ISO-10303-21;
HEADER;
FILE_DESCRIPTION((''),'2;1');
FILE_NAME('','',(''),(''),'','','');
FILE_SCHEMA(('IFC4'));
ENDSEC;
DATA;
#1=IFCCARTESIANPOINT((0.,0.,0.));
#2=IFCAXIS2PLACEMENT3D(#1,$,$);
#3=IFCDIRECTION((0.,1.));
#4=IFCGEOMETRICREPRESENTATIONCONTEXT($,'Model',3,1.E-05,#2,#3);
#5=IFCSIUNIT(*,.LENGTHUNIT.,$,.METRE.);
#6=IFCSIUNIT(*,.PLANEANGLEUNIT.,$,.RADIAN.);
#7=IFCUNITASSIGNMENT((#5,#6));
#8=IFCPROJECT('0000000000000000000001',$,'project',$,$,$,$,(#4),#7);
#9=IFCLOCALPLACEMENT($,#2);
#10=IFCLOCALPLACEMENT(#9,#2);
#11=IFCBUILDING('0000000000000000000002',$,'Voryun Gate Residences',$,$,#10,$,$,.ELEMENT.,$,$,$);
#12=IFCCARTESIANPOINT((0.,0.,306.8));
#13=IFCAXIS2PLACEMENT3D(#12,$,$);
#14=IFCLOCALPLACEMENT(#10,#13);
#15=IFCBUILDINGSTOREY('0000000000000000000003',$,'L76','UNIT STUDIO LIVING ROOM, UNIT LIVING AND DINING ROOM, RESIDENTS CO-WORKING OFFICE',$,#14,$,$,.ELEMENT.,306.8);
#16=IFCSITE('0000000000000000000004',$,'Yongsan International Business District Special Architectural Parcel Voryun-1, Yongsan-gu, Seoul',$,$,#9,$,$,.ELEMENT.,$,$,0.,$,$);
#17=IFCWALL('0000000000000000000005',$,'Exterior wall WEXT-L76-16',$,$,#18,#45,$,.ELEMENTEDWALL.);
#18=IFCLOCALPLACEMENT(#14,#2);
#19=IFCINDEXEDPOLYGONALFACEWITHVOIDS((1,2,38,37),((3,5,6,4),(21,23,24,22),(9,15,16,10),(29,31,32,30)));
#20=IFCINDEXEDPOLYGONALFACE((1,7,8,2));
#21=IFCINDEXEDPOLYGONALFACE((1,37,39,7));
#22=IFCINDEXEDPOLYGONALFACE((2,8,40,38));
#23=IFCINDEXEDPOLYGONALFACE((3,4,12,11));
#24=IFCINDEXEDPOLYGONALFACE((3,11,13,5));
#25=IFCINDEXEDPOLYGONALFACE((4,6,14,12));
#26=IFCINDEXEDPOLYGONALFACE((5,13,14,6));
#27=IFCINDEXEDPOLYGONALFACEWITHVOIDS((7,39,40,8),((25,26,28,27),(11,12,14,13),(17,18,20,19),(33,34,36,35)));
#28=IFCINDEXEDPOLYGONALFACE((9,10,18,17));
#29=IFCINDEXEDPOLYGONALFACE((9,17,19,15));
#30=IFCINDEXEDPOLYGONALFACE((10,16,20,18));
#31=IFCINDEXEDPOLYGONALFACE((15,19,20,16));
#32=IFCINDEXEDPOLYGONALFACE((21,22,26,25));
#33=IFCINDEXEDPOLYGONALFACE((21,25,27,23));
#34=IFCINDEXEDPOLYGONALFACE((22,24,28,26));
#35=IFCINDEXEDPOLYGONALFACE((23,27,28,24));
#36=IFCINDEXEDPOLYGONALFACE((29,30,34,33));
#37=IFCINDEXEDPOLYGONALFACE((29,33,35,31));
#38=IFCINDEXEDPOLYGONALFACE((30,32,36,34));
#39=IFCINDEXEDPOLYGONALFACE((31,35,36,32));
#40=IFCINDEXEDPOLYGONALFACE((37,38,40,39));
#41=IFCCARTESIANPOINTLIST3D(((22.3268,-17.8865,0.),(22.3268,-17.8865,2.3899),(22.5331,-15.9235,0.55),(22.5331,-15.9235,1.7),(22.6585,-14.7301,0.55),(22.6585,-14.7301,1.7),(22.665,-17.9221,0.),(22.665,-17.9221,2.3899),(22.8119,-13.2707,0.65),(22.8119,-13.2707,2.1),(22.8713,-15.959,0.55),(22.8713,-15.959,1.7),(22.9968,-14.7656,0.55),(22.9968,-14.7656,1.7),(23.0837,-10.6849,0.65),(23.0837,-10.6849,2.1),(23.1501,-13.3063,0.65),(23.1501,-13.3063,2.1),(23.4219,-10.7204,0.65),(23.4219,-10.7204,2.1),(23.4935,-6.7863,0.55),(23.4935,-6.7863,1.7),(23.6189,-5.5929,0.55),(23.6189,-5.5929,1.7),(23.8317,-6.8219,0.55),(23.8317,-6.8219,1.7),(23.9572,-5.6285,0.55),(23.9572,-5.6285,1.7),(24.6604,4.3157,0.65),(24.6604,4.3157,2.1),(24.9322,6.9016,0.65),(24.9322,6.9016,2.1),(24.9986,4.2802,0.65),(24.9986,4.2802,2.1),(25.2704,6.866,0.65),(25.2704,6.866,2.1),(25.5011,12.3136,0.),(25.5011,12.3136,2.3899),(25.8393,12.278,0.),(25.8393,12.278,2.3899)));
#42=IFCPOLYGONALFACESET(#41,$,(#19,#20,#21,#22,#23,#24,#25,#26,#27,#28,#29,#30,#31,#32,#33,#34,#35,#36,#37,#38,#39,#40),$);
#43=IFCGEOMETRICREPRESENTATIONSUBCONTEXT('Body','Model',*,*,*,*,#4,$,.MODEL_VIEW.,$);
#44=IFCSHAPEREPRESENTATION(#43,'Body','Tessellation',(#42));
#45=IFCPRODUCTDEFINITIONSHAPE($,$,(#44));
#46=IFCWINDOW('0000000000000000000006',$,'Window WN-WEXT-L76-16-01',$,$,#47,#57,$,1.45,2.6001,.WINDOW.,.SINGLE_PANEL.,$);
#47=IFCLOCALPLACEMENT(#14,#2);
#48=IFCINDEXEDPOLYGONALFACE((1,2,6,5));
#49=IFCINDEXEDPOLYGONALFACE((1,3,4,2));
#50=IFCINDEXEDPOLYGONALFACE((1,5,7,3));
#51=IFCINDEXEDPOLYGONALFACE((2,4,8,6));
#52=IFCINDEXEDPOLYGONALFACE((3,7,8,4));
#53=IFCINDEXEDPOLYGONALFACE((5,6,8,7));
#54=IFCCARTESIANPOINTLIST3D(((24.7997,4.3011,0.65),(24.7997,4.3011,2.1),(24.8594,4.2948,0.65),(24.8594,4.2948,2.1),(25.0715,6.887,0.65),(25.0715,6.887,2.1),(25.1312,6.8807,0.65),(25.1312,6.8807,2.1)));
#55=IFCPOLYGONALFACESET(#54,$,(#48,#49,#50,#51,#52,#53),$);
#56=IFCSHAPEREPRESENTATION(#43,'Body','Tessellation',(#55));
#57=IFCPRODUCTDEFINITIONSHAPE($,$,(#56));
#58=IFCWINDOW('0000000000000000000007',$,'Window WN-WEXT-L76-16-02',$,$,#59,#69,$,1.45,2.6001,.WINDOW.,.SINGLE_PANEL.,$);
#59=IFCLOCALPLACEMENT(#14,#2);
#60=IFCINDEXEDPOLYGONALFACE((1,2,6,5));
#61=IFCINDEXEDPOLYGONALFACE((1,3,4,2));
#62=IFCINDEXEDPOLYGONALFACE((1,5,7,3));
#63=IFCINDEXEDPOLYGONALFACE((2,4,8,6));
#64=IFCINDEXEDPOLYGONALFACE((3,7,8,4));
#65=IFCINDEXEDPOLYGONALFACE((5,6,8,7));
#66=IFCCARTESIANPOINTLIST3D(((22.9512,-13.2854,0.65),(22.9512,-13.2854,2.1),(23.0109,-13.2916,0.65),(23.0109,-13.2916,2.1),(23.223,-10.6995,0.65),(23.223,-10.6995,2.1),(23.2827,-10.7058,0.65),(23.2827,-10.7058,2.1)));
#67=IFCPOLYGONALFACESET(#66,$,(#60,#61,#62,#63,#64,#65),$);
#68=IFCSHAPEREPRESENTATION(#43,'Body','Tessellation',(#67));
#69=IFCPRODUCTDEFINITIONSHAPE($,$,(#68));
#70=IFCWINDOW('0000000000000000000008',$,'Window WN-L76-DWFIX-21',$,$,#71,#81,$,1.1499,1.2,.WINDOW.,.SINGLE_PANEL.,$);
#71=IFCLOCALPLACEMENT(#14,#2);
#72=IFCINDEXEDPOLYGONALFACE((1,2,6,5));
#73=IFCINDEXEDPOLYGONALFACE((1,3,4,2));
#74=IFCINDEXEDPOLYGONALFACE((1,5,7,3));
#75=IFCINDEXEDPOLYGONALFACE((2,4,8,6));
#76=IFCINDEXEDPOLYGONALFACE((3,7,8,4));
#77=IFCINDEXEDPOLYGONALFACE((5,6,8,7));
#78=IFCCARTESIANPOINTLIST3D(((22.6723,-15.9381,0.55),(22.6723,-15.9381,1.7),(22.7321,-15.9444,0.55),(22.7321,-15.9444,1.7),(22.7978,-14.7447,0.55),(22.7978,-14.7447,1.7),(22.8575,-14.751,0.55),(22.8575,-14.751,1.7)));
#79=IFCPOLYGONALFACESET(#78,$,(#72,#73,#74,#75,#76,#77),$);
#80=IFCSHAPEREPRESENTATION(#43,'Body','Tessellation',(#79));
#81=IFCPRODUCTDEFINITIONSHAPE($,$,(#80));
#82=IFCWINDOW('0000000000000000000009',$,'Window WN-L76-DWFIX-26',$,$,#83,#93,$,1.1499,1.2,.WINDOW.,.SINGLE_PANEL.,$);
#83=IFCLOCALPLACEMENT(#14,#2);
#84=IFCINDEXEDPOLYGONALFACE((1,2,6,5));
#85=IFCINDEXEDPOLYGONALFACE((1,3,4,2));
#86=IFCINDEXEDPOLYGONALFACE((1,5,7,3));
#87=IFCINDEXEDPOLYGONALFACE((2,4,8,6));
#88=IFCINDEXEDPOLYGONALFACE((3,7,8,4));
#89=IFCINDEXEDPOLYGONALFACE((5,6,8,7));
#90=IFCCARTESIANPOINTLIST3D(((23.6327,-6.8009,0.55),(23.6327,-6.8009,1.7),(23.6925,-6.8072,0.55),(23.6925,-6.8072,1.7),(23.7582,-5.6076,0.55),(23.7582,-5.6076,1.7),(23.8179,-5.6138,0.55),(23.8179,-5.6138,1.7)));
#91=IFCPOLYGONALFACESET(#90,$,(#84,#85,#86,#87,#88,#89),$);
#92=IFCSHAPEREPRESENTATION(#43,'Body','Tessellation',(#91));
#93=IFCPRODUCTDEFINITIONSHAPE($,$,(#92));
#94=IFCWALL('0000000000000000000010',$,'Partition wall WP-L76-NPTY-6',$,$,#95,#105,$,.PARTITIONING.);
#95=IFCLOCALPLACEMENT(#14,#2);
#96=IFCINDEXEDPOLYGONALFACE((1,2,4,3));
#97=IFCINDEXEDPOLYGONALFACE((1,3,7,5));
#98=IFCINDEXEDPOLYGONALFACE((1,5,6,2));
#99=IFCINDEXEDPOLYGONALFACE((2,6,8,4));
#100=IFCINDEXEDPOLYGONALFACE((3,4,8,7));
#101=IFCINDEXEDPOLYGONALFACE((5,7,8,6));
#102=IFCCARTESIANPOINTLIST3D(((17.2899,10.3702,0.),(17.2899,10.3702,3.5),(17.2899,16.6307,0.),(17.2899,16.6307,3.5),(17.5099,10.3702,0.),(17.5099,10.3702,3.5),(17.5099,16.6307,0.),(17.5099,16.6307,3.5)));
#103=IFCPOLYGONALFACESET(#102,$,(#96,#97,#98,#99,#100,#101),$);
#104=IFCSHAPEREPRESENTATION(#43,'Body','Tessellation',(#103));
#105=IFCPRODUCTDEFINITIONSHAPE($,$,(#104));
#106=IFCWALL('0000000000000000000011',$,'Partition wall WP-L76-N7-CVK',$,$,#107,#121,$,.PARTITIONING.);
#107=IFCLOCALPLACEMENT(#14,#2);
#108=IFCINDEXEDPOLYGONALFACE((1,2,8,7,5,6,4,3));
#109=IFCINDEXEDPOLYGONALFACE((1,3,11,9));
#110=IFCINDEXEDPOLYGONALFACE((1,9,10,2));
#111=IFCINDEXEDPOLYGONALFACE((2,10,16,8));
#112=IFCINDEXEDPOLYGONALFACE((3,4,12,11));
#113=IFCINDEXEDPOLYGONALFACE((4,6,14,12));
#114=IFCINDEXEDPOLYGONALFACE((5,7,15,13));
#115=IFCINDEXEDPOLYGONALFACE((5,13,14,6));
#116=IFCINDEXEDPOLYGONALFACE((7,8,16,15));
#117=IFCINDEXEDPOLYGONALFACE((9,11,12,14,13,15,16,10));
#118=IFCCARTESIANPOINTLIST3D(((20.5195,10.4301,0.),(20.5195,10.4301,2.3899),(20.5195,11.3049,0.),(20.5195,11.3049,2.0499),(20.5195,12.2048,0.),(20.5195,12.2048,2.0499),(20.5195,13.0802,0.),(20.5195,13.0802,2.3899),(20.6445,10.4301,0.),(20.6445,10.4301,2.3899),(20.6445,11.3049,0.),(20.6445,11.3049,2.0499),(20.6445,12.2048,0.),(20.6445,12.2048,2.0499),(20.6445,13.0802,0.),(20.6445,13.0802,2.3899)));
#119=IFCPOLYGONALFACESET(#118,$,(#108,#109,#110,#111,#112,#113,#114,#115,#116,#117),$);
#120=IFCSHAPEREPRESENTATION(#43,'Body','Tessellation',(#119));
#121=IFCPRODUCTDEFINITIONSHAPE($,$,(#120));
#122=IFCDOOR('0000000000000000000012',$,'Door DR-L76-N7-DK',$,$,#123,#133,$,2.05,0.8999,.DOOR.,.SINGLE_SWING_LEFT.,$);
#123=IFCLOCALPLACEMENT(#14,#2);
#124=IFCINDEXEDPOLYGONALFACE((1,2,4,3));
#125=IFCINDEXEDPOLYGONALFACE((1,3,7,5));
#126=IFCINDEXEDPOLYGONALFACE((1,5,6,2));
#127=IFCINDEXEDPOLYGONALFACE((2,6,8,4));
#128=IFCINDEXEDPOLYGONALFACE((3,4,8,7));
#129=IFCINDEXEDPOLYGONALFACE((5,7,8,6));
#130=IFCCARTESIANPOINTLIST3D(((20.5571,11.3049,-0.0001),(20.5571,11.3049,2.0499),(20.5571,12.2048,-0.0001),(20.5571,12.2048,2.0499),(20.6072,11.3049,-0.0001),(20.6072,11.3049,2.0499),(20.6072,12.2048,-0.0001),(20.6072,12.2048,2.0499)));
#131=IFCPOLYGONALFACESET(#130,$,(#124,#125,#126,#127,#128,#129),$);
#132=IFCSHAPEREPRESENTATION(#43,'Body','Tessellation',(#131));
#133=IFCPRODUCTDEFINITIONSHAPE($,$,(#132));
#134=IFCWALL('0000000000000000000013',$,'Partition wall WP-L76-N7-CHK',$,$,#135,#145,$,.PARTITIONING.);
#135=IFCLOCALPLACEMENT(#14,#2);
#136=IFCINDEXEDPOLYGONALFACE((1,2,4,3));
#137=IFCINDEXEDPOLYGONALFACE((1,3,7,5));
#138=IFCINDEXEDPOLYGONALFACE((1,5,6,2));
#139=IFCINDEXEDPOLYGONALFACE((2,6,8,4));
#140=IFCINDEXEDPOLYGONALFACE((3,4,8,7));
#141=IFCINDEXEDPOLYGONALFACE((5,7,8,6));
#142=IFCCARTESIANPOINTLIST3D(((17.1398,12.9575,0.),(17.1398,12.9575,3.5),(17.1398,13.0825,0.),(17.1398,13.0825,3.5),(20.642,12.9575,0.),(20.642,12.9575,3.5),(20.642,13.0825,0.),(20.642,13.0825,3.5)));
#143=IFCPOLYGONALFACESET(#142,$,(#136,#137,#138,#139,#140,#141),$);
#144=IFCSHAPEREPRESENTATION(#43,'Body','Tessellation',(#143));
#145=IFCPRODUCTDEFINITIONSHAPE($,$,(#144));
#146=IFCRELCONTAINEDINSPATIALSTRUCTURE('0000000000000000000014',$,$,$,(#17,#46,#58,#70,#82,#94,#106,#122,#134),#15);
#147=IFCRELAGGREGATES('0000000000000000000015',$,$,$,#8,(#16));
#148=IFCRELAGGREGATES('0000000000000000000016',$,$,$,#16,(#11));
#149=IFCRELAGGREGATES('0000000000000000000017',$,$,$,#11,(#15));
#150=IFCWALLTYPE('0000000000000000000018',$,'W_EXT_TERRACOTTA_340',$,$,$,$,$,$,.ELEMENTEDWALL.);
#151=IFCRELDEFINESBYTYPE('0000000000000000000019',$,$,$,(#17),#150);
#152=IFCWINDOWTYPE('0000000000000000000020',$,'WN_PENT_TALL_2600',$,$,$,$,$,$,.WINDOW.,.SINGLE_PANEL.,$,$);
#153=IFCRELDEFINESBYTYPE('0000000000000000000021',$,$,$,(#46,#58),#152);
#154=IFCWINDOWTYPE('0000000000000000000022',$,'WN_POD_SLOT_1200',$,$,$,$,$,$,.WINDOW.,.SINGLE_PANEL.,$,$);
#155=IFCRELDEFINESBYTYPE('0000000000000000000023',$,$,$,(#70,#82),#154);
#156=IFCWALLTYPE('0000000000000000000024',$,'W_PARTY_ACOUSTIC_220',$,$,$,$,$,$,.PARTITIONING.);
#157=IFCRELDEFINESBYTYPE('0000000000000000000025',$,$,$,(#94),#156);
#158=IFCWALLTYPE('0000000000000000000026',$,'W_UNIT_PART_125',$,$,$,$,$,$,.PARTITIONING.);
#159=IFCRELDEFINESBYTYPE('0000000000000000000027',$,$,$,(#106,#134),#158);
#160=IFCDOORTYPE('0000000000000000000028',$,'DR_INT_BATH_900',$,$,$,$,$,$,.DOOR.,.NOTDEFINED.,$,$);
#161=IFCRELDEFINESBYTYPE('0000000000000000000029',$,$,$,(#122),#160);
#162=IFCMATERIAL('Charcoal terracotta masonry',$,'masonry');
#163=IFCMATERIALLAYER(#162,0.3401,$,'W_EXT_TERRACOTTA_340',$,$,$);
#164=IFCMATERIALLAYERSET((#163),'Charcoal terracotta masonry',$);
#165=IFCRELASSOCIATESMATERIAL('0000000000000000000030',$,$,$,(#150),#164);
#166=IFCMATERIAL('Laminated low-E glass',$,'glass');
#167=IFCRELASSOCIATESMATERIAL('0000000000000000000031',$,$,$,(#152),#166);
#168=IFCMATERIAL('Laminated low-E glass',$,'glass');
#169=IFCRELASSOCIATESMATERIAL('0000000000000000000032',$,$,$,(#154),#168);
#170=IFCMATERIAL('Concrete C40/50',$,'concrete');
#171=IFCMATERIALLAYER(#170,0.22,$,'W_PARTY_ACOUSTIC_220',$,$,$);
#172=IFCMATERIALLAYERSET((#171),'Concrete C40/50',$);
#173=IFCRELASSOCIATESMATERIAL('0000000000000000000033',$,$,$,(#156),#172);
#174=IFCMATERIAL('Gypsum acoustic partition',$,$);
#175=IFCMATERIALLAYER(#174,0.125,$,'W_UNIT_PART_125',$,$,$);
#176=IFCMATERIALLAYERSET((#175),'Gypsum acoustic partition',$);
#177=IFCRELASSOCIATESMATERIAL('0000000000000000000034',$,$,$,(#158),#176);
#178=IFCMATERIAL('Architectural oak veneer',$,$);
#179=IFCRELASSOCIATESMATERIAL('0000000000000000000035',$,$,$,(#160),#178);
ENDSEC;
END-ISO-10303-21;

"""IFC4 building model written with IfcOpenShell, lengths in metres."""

from ifc_helpers import new_model, si_unit, direction, frame, frame_2d, origin, place, context, subcontext, project, spatial, rectangle, extrude, material, layer, layer_set, type_object, element, fill, save


model = new_model("IFC4")

# Units and contexts
model_context = context("Model", 3, precision=1e-05, world=origin(), true_north=direction((0.0, 1.0)))
body_context = subcontext(model_context, "Body", "Model", "MODEL_VIEW")
ifc_project = project(units=[si_unit("LENGTHUNIT", "METRE"), si_unit("PLANEANGLEUNIT", "RADIAN")], contexts=[model_context])

# Site, building, storey
site_placement = place(None, origin())
site = spatial("IfcSite", under=ifc_project, at=site_placement, Name="Yongsan International Business District Special Architectural Parcel Voryun-1, Yongsan-gu, Seoul", CompositionType="ELEMENT", RefElevation=0.0)
building_placement = place(site_placement, origin())
building = spatial("IfcBuilding", under=site, at=building_placement, Name="Voryun Gate Residences", CompositionType="ELEMENT")
storey_placement = place(building_placement, frame((0.0, 0.0, 306.8)))
storey = spatial("IfcBuildingStorey", under=building, at=storey_placement, Name="L76", Description="UNIT STUDIO LIVING ROOM, UNIT LIVING AND DINING ROOM, RESIDENTS CO-WORKING OFFICE", CompositionType="ELEMENT", Elevation=306.8)

# Shared definitions
ifc_material_1 = material(Name="Charcoal terracotta masonry", Category="masonry")
ifc_layer_1 = layer(ifc_material_1, 0.3401, Name="W_EXT_TERRACOTTA_340")
ifc_layer_set_1 = layer_set([ifc_layer_1], Name="Charcoal terracotta masonry")
wall_type_1 = type_object("IfcWallType", Name="W_EXT_TERRACOTTA_340", PredefinedType="ELEMENTEDWALL", material=ifc_layer_set_1)

# Wall, openings, windows
wall_1_placement = place(storey_placement, frame((25.6702, 12.2957, 0.0), z_axis=(0.0, 0.0, 1.0), x_axis=(-0.104533, -0.994521, 0.0)))
wall_1 = element("IfcWall", 1, at=wall_1_placement, inside=storey, type_object=wall_type_1, Name="Exterior wall WEXT-L76-16", PredefinedType="ELEMENTEDWALL", context=body_context, shape_type="SweptSolid", body=[
    extrude(rectangle(XDim=30.3665, YDim=0.3401, at=frame_2d((15.1831, 0.0))), origin(), (0.0, 0.0, 1.0), 2.3899),
])
opening_1_placement = place(wall_1_placement, frame((5.4417, 0.0, 0.6499)))
opening_1 = element("IfcOpeningElement", 2, at=opening_1_placement, cuts=wall_1, PredefinedType="OPENING", context=body_context, shape_type="SweptSolid", body=[
    extrude(rectangle(XDim=2.6001, YDim=1.45, at=frame_2d((1.3, 0.7251))), frame((0.0, 0.1799, 0.0), z_axis=(0.0, -1.0, 0.0), x_axis=(1.0, 0.0, 0.0)), (0.0, 0.0, 1.0), 0.3601),
])
opening_2_placement = place(wall_1_placement, frame((23.125, 0.0, 0.6499)))
opening_2 = element("IfcOpeningElement", 3, at=opening_2_placement, cuts=wall_1, PredefinedType="OPENING", context=body_context, shape_type="SweptSolid", body=[
    extrude(rectangle(XDim=2.6001, YDim=1.45, at=frame_2d((1.3, 0.7251))), frame((0.0, 0.1799, 0.0), z_axis=(0.0, -1.0, 0.0), x_axis=(1.0, 0.0, 0.0)), (0.0, 0.0, 1.0), 0.3601),
])
opening_3_placement = place(wall_1_placement, frame((27.1924, 0.0, 0.55)))
opening_3 = element("IfcOpeningElement", 4, at=opening_3_placement, cuts=wall_1, PredefinedType="OPENING", context=body_context, shape_type="SweptSolid", body=[
    extrude(rectangle(XDim=1.2, YDim=1.1499, at=frame_2d((0.6001, 0.575))), frame((0.0, 0.1799, 0.0), z_axis=(0.0, -1.0, 0.0), x_axis=(1.0, 0.0, 0.0)), (0.0, 0.0, 1.0), 0.3601),
])
opening_4_placement = place(wall_1_placement, frame((18.0049, 0.0, 0.55)))
opening_4 = element("IfcOpeningElement", 5, at=opening_4_placement, cuts=wall_1, PredefinedType="OPENING", context=body_context, shape_type="SweptSolid", body=[
    extrude(rectangle(XDim=1.2, YDim=1.1499, at=frame_2d((0.6001, 0.575))), frame((0.0, 0.1799, 0.0), z_axis=(0.0, -1.0, 0.0), x_axis=(1.0, 0.0, 0.0)), (0.0, 0.0, 1.0), 0.3601),
])
ifc_material_2 = material(Name="Laminated low-E glass", Category="glass")
window_type_1 = type_object("IfcWindowType", Name="WN_PENT_TALL_2600", PartitioningType="SINGLE_PANEL", PredefinedType="WINDOW", material=ifc_material_2)
window_1_placement = place(opening_1_placement, origin())
window_1 = element("IfcWindow", 6, at=window_1_placement, inside=storey, type_object=window_type_1, Name="Window WN-WEXT-L76-16-01", OverallHeight=1.45, OverallWidth=2.6001, PartitioningType="SINGLE_PANEL", PredefinedType="WINDOW", context=body_context, shape_type="SweptSolid", body=[
    extrude(rectangle(XDim=2.6001, YDim=1.45, at=frame_2d((1.3, 0.7251))), frame((0.0, 0.03, 0.0), z_axis=(0.0, -1.0, 0.0), x_axis=(1.0, 0.0, 0.0)), (0.0, 0.0, 1.0), 0.0601),
])
fill(opening_1, window_1)
window_2_placement = place(opening_2_placement, origin())
window_2 = element("IfcWindow", 7, at=window_2_placement, inside=storey, type_object=window_type_1, Name="Window WN-WEXT-L76-16-02", OverallHeight=1.45, OverallWidth=2.6001, PartitioningType="SINGLE_PANEL", PredefinedType="WINDOW", context=body_context, shape_type="SweptSolid", body=[
    extrude(rectangle(XDim=2.6001, YDim=1.45, at=frame_2d((1.3, 0.7251))), frame((0.0, 0.03, 0.0), z_axis=(0.0, -1.0, 0.0), x_axis=(1.0, 0.0, 0.0)), (0.0, 0.0, 1.0), 0.0601),
])
fill(opening_2, window_2)
ifc_material_3 = material(Name="Laminated low-E glass", Category="glass")
window_type_2 = type_object("IfcWindowType", Name="WN_POD_SLOT_1200", PartitioningType="SINGLE_PANEL", PredefinedType="WINDOW", material=ifc_material_3)
window_3_placement = place(opening_3_placement, origin())
window_3 = element("IfcWindow", 8, at=window_3_placement, inside=storey, type_object=window_type_2, Name="Window WN-L76-DWFIX-21", OverallHeight=1.1499, OverallWidth=1.2, PartitioningType="SINGLE_PANEL", PredefinedType="WINDOW", context=body_context, shape_type="SweptSolid", body=[
    extrude(rectangle(XDim=1.2, YDim=1.1499, at=frame_2d((0.6001, 0.575))), frame((0.0, 0.03, 0.0), z_axis=(0.0, -1.0, 0.0), x_axis=(1.0, 0.0, 0.0)), (0.0, 0.0, 1.0), 0.0601),
])
fill(opening_3, window_3)
window_4_placement = place(opening_4_placement, origin())
window_4 = element("IfcWindow", 9, at=window_4_placement, inside=storey, type_object=window_type_2, Name="Window WN-L76-DWFIX-26", OverallHeight=1.1499, OverallWidth=1.2, PartitioningType="SINGLE_PANEL", PredefinedType="WINDOW", context=body_context, shape_type="SweptSolid", body=[
    extrude(rectangle(XDim=1.2, YDim=1.1499, at=frame_2d((0.6001, 0.575))), frame((0.0, 0.03, 0.0), z_axis=(0.0, -1.0, 0.0), x_axis=(1.0, 0.0, 0.0)), (0.0, 0.0, 1.0), 0.0601),
])
fill(opening_4, window_4)

# Wall
ifc_material_4 = material(Name="Concrete C40/50", Category="concrete")
ifc_layer_2 = layer(ifc_material_4, 0.22, Name="W_PARTY_ACOUSTIC_220")
ifc_layer_set_2 = layer_set([ifc_layer_2], Name="Concrete C40/50")
wall_type_2 = type_object("IfcWallType", Name="W_PARTY_ACOUSTIC_220", PredefinedType="PARTITIONING", material=ifc_layer_set_2)
wall_2_placement = place(storey_placement, frame((17.3999, 10.3701, 0.0), z_axis=(0.0, 0.0, 1.0), x_axis=(0.0, 1.0, 0.0)))
element("IfcWall", 10, at=wall_2_placement, inside=storey, type_object=wall_type_2, Name="Partition wall WP-L76-NPTY-6", PredefinedType="PARTITIONING", context=body_context, shape_type="SweptSolid", body=[
    extrude(rectangle(XDim=6.2605, YDim=0.22, at=frame_2d((3.1304, 0.0))), origin(), (0.0, 0.0, 1.0), 3.5),
])

# Wall, opening, door
ifc_material_5 = material(Name="Gypsum acoustic partition")
ifc_layer_3 = layer(ifc_material_5, 0.125, Name="W_UNIT_PART_125")
ifc_layer_set_3 = layer_set([ifc_layer_3], Name="Gypsum acoustic partition")
wall_type_3 = type_object("IfcWallType", Name="W_UNIT_PART_125", PredefinedType="PARTITIONING", material=ifc_layer_set_3)
wall_3_placement = place(storey_placement, frame((20.582, 10.4299, 0.0), z_axis=(0.0, 0.0, 1.0), x_axis=(0.0, 1.0, 0.0)))
wall_3 = element("IfcWall", 11, at=wall_3_placement, inside=storey, type_object=wall_type_3, Name="Partition wall WP-L76-N7-CVK", PredefinedType="PARTITIONING", context=body_context, shape_type="SweptSolid", body=[
    extrude(rectangle(XDim=2.6501, YDim=0.125, at=frame_2d((1.3252, 0.0))), origin(), (0.0, 0.0, 1.0), 2.3899),
])
opening_5_placement = place(wall_3_placement, frame((0.875, 0.0, 0.0)))
opening_5 = element("IfcOpeningElement", 12, at=opening_5_placement, cuts=wall_3, PredefinedType="OPENING", context=body_context, shape_type="SweptSolid", body=[
    extrude(rectangle(XDim=0.8999, YDim=2.05, at=frame_2d((0.45, 1.0249))), frame((0.0, 0.0725, 0.0), z_axis=(0.0, -1.0, 0.0), x_axis=(1.0, 0.0, 0.0)), (0.0, 0.0, 1.0), 0.145),
])
ifc_material_6 = material(Name="Architectural oak veneer")
door_type = type_object("IfcDoorType", Name="DR_INT_BATH_900", OperationType="NOTDEFINED", PredefinedType="DOOR", material=ifc_material_6)
door_1_placement = place(opening_5_placement, origin())
door_1 = element("IfcDoor", 13, at=door_1_placement, inside=storey, type_object=door_type, Name="Door DR-L76-N7-DK", OperationType="SINGLE_SWING_LEFT", OverallHeight=2.05, OverallWidth=0.8999, PredefinedType="DOOR", context=body_context, shape_type="SweptSolid", body=[
    extrude(rectangle(XDim=0.8999, YDim=2.05, at=frame_2d((0.45, 1.0249))), frame((0.0, 0.0249, 0.0), z_axis=(0.0, -1.0, 0.0), x_axis=(1.0, 0.0, 0.0)), (0.0, 0.0, 1.0), 0.05),
])
fill(opening_5, door_1)

# Wall
wall_4_placement = place(storey_placement, frame((17.1399, 13.02, 0.0), z_axis=(0.0, 0.0, 1.0), x_axis=(1.0, 0.0, 0.0)))
element("IfcWall", 14, at=wall_4_placement, inside=storey, type_object=wall_type_3, Name="Partition wall WP-L76-N7-CHK", PredefinedType="PARTITIONING", context=body_context, shape_type="SweptSolid", body=[
    extrude(rectangle(XDim=3.5022, YDim=0.125, at=frame_2d((1.751, 0.0))), origin(), (0.0, 0.0, 1.0), 3.5),
])

save(model, "model.ifc")
